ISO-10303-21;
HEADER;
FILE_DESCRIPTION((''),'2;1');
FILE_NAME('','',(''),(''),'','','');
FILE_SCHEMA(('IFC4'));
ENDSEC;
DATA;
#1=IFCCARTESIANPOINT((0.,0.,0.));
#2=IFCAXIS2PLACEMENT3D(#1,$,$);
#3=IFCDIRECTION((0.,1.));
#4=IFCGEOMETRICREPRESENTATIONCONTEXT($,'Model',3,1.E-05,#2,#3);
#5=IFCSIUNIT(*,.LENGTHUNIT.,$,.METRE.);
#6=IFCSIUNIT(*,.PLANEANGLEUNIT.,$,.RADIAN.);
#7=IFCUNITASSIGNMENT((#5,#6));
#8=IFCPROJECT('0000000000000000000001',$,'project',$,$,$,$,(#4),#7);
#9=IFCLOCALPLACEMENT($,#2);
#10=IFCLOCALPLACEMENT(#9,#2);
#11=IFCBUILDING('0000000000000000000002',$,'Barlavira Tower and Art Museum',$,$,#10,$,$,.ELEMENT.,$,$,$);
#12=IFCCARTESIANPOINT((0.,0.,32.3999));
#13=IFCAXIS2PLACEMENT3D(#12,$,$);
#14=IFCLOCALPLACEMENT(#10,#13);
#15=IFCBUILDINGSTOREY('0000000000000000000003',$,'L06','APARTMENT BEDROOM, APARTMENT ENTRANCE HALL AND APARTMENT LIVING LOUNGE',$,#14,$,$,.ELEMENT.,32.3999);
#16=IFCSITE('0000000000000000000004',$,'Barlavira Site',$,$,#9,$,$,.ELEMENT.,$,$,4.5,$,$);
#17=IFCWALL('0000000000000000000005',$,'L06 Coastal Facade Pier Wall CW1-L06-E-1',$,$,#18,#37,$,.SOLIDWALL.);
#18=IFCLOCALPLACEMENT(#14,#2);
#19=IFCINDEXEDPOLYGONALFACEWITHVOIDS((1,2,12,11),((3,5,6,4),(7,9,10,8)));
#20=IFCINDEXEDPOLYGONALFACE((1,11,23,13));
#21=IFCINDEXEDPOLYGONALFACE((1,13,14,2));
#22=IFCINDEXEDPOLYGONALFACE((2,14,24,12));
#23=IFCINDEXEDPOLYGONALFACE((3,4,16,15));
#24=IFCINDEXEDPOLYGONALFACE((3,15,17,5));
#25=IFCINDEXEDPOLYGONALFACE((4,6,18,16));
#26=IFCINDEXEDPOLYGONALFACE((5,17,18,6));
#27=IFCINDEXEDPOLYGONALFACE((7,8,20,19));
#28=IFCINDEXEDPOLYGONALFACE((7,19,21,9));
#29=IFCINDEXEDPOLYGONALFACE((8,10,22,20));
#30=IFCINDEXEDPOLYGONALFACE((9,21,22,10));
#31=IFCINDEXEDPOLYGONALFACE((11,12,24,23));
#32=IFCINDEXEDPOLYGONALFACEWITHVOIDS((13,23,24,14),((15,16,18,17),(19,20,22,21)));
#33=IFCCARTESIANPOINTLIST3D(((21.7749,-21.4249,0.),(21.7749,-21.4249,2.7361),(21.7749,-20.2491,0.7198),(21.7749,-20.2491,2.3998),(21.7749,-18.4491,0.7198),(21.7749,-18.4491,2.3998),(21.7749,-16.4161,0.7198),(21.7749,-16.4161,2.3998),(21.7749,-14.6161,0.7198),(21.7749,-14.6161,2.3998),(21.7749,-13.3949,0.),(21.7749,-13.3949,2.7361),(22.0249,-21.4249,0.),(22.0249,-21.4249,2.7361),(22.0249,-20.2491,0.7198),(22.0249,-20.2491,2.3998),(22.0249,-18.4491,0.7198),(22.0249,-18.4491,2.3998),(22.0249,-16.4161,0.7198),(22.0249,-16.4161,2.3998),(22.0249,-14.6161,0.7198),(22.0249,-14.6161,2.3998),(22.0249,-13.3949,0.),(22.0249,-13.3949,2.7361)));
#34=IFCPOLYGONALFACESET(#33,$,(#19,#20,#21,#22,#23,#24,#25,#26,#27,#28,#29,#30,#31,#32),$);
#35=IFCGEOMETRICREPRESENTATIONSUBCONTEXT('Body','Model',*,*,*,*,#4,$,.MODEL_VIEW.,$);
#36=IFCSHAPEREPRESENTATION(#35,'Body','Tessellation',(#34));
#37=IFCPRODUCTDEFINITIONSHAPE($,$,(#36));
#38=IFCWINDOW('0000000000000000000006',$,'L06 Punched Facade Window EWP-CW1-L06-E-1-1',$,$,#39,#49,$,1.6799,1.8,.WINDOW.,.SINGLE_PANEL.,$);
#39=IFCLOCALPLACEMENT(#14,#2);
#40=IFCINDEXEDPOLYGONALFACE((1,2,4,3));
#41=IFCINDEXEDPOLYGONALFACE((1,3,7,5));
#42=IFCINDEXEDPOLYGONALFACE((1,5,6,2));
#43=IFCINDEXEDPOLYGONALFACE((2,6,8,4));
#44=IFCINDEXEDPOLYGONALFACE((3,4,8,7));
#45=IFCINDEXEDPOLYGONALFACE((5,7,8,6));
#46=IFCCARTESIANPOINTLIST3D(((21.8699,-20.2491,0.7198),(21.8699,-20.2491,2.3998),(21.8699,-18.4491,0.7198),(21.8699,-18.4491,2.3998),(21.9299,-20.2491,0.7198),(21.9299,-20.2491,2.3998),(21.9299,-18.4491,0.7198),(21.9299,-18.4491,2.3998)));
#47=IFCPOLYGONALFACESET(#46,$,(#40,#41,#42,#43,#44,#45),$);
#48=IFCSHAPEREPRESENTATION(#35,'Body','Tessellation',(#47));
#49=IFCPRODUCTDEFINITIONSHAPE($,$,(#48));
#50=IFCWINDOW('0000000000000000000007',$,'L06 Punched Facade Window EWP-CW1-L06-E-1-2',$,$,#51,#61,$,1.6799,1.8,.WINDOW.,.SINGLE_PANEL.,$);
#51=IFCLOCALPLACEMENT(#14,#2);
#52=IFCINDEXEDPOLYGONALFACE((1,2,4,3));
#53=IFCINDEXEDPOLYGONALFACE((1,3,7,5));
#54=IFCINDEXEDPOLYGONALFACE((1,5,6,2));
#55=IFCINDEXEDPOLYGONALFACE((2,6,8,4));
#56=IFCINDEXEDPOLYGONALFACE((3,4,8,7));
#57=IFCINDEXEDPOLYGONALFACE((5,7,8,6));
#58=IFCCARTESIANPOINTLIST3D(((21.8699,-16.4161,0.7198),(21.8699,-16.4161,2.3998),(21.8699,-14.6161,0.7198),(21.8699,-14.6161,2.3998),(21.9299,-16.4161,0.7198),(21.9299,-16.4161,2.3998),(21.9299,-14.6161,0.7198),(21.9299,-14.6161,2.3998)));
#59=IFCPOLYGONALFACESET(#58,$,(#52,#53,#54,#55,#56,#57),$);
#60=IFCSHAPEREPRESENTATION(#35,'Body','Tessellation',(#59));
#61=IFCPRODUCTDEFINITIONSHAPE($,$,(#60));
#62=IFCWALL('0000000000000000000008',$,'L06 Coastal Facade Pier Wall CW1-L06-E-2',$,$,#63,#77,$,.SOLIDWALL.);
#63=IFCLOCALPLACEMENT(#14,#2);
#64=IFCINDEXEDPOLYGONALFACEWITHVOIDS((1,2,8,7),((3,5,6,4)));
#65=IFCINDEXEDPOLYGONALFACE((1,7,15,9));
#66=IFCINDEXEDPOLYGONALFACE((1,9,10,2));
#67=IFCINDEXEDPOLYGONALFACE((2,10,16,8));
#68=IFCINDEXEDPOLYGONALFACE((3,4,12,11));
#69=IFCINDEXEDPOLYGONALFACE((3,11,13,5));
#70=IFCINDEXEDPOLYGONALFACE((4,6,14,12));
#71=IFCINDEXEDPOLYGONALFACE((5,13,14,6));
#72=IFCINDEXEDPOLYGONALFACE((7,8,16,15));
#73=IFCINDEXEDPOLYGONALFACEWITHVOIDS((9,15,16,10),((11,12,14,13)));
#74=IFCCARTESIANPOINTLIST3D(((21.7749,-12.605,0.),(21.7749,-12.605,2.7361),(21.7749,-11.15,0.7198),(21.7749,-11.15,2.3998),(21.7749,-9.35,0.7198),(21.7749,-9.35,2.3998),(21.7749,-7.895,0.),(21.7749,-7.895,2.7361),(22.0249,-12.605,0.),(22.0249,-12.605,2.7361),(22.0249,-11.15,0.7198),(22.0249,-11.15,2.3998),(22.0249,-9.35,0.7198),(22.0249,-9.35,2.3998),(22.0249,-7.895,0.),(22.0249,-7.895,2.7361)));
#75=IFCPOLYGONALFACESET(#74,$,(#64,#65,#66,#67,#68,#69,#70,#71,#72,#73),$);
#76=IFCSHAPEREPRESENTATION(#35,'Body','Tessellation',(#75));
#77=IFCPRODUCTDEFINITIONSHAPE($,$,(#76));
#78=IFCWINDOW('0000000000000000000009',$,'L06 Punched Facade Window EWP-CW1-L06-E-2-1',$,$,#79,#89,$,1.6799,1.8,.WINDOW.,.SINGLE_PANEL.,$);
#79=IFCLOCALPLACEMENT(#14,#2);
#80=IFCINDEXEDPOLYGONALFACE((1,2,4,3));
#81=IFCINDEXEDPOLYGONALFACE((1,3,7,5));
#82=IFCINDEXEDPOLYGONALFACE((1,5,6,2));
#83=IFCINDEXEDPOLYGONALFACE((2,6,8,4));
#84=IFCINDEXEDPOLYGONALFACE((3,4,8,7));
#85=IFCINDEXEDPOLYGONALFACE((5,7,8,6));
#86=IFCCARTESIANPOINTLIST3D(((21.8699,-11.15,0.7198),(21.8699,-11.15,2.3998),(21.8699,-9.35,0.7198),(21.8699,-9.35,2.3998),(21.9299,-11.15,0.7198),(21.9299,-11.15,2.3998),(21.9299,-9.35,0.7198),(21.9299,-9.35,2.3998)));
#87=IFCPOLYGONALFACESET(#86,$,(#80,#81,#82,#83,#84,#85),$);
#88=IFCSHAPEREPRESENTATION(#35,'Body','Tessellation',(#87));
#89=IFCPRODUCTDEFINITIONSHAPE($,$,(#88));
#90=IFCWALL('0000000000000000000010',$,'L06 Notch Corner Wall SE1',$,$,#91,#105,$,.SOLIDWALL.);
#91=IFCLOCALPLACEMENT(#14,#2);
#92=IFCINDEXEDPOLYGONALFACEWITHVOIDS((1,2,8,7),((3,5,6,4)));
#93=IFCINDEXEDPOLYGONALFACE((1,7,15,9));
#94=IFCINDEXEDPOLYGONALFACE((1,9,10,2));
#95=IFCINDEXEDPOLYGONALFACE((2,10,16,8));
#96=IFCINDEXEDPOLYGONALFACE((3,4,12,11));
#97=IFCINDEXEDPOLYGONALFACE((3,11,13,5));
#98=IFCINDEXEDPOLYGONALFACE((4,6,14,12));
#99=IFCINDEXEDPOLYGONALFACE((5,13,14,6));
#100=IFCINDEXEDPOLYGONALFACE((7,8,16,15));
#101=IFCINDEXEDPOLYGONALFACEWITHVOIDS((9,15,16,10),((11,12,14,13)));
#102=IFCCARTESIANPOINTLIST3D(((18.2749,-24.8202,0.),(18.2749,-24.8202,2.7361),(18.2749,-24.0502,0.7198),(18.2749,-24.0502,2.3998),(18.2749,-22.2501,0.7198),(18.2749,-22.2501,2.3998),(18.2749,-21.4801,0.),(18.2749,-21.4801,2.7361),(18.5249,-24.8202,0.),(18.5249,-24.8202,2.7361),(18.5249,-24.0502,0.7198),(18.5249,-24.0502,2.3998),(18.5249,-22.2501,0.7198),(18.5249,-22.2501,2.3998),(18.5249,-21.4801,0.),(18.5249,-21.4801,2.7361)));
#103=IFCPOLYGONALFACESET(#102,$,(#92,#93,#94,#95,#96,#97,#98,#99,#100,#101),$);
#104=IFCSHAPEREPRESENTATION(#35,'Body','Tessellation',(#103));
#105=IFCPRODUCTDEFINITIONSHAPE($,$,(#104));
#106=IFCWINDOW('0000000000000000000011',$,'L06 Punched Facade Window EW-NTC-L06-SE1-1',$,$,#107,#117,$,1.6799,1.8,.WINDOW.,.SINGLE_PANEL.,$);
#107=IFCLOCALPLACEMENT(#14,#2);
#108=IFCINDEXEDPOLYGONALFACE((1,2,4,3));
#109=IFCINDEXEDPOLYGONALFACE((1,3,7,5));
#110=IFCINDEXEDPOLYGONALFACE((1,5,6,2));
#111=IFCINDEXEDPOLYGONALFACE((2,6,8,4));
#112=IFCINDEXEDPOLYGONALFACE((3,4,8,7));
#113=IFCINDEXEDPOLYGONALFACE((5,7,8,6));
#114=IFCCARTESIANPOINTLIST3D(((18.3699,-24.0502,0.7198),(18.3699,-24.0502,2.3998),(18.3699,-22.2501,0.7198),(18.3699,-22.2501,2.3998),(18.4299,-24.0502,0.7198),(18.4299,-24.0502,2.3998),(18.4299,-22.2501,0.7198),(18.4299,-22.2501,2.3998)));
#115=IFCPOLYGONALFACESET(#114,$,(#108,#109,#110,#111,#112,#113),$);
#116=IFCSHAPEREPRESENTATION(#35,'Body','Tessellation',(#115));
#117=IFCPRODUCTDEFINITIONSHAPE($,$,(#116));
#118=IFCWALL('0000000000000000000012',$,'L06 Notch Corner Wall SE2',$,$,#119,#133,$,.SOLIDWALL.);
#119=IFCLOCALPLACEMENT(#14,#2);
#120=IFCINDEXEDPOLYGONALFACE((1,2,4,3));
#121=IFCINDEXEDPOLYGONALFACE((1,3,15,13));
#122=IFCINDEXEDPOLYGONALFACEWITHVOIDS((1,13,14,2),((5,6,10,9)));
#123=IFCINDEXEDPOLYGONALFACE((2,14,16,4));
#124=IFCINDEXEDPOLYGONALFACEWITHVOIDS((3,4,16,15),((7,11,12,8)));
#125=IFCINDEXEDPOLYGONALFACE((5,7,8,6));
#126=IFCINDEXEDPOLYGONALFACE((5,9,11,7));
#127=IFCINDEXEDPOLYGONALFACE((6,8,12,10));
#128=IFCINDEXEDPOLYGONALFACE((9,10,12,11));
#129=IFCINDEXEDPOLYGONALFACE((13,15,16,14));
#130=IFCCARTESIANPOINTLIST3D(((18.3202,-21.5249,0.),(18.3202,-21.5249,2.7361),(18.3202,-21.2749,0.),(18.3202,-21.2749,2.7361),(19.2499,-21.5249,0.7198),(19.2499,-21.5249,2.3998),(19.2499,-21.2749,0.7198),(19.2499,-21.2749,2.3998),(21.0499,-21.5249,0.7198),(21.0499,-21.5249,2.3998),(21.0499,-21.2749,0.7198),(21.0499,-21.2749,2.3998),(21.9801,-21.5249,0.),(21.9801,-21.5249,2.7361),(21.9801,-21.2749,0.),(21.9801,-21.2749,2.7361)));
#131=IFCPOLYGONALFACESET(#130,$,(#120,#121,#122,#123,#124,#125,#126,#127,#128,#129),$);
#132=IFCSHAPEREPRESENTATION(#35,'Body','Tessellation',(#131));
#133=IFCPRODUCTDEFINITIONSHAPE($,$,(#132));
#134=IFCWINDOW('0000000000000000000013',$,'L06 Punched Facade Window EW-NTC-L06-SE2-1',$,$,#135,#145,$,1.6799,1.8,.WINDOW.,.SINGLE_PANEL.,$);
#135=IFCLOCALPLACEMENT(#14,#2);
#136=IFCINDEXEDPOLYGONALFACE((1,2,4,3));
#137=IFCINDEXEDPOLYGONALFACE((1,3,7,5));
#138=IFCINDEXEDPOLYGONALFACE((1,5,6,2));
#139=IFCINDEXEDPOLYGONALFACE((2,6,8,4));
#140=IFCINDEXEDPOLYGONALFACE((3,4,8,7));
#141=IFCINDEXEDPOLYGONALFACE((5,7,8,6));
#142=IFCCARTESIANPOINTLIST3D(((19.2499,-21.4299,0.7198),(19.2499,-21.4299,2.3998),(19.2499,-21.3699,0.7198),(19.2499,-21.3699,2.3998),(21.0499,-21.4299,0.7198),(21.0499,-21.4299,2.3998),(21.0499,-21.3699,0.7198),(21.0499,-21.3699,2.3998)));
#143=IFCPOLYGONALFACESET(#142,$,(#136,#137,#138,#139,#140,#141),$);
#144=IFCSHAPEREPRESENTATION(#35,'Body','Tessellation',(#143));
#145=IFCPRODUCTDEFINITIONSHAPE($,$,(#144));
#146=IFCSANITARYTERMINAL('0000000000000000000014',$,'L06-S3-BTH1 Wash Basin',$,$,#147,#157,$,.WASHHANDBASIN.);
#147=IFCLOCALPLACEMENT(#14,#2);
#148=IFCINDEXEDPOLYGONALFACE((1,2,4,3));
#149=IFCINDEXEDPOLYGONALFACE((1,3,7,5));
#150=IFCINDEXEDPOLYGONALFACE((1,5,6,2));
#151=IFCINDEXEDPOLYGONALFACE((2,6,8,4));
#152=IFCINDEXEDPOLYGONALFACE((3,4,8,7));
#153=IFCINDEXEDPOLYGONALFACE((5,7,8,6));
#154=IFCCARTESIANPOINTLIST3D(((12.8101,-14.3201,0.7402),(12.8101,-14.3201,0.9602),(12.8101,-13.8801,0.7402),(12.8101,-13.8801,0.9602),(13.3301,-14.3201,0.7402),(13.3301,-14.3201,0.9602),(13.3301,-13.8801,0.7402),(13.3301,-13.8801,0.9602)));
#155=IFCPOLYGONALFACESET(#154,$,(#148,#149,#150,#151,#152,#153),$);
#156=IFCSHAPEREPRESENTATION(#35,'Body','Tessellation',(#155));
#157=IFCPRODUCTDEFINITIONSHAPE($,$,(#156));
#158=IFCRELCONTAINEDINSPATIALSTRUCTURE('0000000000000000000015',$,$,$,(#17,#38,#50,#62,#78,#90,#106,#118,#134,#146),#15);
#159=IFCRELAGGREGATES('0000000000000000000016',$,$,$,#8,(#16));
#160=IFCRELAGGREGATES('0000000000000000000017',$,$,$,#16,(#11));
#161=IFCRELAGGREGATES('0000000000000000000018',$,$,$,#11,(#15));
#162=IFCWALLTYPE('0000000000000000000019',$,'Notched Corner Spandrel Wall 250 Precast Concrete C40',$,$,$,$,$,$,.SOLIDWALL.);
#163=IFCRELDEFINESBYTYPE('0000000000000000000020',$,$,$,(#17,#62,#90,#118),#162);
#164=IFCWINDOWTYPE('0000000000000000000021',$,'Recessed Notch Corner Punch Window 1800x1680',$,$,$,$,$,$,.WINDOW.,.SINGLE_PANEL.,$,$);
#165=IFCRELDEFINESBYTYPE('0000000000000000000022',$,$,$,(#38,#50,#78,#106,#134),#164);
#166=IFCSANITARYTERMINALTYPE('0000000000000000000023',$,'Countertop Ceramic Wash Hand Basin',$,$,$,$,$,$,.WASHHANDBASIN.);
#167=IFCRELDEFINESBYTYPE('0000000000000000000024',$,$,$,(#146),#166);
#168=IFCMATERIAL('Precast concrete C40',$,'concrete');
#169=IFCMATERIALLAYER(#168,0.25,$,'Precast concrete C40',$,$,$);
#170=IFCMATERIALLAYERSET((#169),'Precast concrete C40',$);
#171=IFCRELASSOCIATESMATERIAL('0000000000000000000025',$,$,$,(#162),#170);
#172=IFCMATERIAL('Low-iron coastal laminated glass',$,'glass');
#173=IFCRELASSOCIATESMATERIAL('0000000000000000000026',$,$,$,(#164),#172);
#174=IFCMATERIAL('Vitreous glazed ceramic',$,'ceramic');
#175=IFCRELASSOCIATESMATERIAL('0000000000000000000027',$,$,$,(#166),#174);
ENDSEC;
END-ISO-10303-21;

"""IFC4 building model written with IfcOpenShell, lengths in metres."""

from ifc_helpers import new_model, si_unit, direction, frame, frame_2d, origin, origin_2d, place, context, subcontext, project, spatial, rectangle, extrude, material, layer, layer_set, type_object, element, fill, save


model = new_model("IFC4")

# Units and contexts
model_context = context("Model", 3, precision=1e-05, world=origin(), true_north=direction((0.0, 1.0)))
body_context = subcontext(model_context, "Body", "Model", "MODEL_VIEW")
ifc_project = project(units=[si_unit("LENGTHUNIT", "METRE"), si_unit("PLANEANGLEUNIT", "RADIAN")], contexts=[model_context])

# Site, building, storey
site_placement = place(None, origin())
site = spatial("IfcSite", under=ifc_project, at=site_placement, Name="Barlavira Site", CompositionType="ELEMENT", RefElevation=4.5)
building_placement = place(site_placement, origin())
building = spatial("IfcBuilding", under=site, at=building_placement, Name="Barlavira Tower and Art Museum", CompositionType="ELEMENT")
storey_placement = place(building_placement, frame((0.0, 0.0, 32.3999)))
storey = spatial("IfcBuildingStorey", under=building, at=storey_placement, Name="L06", Description="APARTMENT BEDROOM, APARTMENT ENTRANCE HALL AND APARTMENT LIVING LOUNGE", CompositionType="ELEMENT", Elevation=32.3999)

# Wall, openings, windows
ifc_material_1 = material(Name="Precast concrete C40", Category="concrete")
ifc_layer_1 = layer(ifc_material_1, 0.25, Name="Precast concrete C40")
ifc_layer_set_1 = layer_set([ifc_layer_1], Name="Precast concrete C40")
wall_type_1 = type_object("IfcWallType", Name="Notched Corner Spandrel Wall 250 Precast Concrete C40", PredefinedType="SOLIDWALL", material=ifc_layer_set_1)
wall_1_placement = place(storey_placement, frame((21.8999, -21.425, 0.0), z_axis=(0.0, 0.0, 1.0), x_axis=(0.0, 1.0, 0.0)))
wall_1 = element("IfcWall", 1, at=wall_1_placement, inside=storey, type_object=wall_type_1, Name="L06 Coastal Facade Pier Wall CW1-L06-E-1", PredefinedType="SOLIDWALL", context=body_context, shape_type="SweptSolid", body=[
    extrude(rectangle(XDim=8.03, YDim=0.25, at=frame_2d((4.0151, 0.0))), origin(), (0.0, 0.0, 1.0), 2.7361),
])
opening_1_placement = place(wall_1_placement, frame((1.176, 0.0, 0.72)))
opening_1 = element("IfcOpeningElement", 2, at=opening_1_placement, cuts=wall_1, PredefinedType="OPENING", context=body_context, shape_type="SweptSolid", body=[
    extrude(rectangle(XDim=1.8, YDim=1.6799, at=frame_2d((0.8999, 0.8398))), frame((0.0, 0.135, 0.0), z_axis=(0.0, -1.0, 0.0), x_axis=(1.0, 0.0, 0.0)), (0.0, 0.0, 1.0), 0.27),
])
opening_2_placement = place(wall_1_placement, frame((5.009, 0.0, 0.72)))
opening_2 = element("IfcOpeningElement", 3, at=opening_2_placement, cuts=wall_1, PredefinedType="OPENING", context=body_context, shape_type="SweptSolid", body=[
    extrude(rectangle(XDim=1.8, YDim=1.6799, at=frame_2d((0.8999, 0.8398))), frame((0.0, 0.135, 0.0), z_axis=(0.0, -1.0, 0.0), x_axis=(1.0, 0.0, 0.0)), (0.0, 0.0, 1.0), 0.27),
])
ifc_material_2 = material(Name="Low-iron coastal laminated glass", Category="glass")
window_type = type_object("IfcWindowType", Name="Recessed Notch Corner Punch Window 1800x1680", PartitioningType="SINGLE_PANEL", PredefinedType="WINDOW", material=ifc_material_2)
window_1_placement = place(opening_1_placement, origin())
window_1 = element("IfcWindow", 4, at=window_1_placement, inside=storey, type_object=window_type, Name="L06 Punched Facade Window EWP-CW1-L06-E-1-1", OverallHeight=1.6799, OverallWidth=1.8, PartitioningType="SINGLE_PANEL", PredefinedType="WINDOW", context=body_context, shape_type="SweptSolid", body=[
    extrude(rectangle(XDim=1.8, YDim=1.6799, at=frame_2d((0.8999, 0.8398))), frame((0.0, 0.03, 0.0), z_axis=(0.0, -1.0, 0.0), x_axis=(1.0, 0.0, 0.0)), (0.0, 0.0, 1.0), 0.0601),
])
fill(opening_1, window_1)
window_2_placement = place(opening_2_placement, origin())
window_2 = element("IfcWindow", 5, at=window_2_placement, inside=storey, type_object=window_type, Name="L06 Punched Facade Window EWP-CW1-L06-E-1-2", OverallHeight=1.6799, OverallWidth=1.8, PartitioningType="SINGLE_PANEL", PredefinedType="WINDOW", context=body_context, shape_type="SweptSolid", body=[
    extrude(rectangle(XDim=1.8, YDim=1.6799, at=frame_2d((0.8999, 0.8398))), frame((0.0, 0.03, 0.0), z_axis=(0.0, -1.0, 0.0), x_axis=(1.0, 0.0, 0.0)), (0.0, 0.0, 1.0), 0.0601),
])
fill(opening_2, window_2)

# Walls, openings, windows
wall_2_placement = place(storey_placement, frame((21.8999, -12.605, 0.0), z_axis=(0.0, 0.0, 1.0), x_axis=(0.0, 1.0, 0.0)))
wall_2 = element("IfcWall", 6, at=wall_2_placement, inside=storey, type_object=wall_type_1, Name="L06 Coastal Facade Pier Wall CW1-L06-E-2", PredefinedType="SOLIDWALL", context=body_context, shape_type="SweptSolid", body=[
    extrude(rectangle(XDim=4.71, YDim=0.25, at=frame_2d((2.355, 0.0))), origin(), (0.0, 0.0, 1.0), 2.7361),
])
opening_3_placement = place(wall_2_placement, frame((1.4551, 0.0, 0.72)))
opening_3 = element("IfcOpeningElement", 7, at=opening_3_placement, cuts=wall_2, PredefinedType="OPENING", context=body_context, shape_type="SweptSolid", body=[
    extrude(rectangle(XDim=1.8, YDim=1.6799, at=frame_2d((0.8999, 0.8398))), frame((0.0, 0.135, 0.0), z_axis=(0.0, -1.0, 0.0), x_axis=(1.0, 0.0, 0.0)), (0.0, 0.0, 1.0), 0.27),
])
window_3_placement = place(opening_3_placement, origin())
window_3 = element("IfcWindow", 8, at=window_3_placement, inside=storey, type_object=window_type, Name="L06 Punched Facade Window EWP-CW1-L06-E-2-1", OverallHeight=1.6799, OverallWidth=1.8, PartitioningType="SINGLE_PANEL", PredefinedType="WINDOW", context=body_context, shape_type="SweptSolid", body=[
    extrude(rectangle(XDim=1.8, YDim=1.6799, at=frame_2d((0.8999, 0.8398))), frame((0.0, 0.03, 0.0), z_axis=(0.0, -1.0, 0.0), x_axis=(1.0, 0.0, 0.0)), (0.0, 0.0, 1.0), 0.0601),
])
fill(opening_3, window_3)
wall_3_placement = place(storey_placement, frame((18.3999, -24.8201, 0.0), z_axis=(0.0, 0.0, 1.0), x_axis=(0.0, 1.0, 0.0)))
wall_3 = element("IfcWall", 9, at=wall_3_placement, inside=storey, type_object=wall_type_1, Name="L06 Notch Corner Wall SE1", PredefinedType="SOLIDWALL", context=body_context, shape_type="SweptSolid", body=[
    extrude(rectangle(XDim=3.3401, YDim=0.25, at=frame_2d((1.6699, 0.0))), origin(), (0.0, 0.0, 1.0), 2.7361),
])
opening_4_placement = place(wall_3_placement, frame((0.77, 0.0, 0.72)))
opening_4 = element("IfcOpeningElement", 10, at=opening_4_placement, cuts=wall_3, PredefinedType="OPENING", context=body_context, shape_type="SweptSolid", body=[
    extrude(rectangle(XDim=1.8, YDim=1.6799, at=frame_2d((0.8999, 0.8398))), frame((0.0, 0.135, 0.0), z_axis=(0.0, -1.0, 0.0), x_axis=(1.0, 0.0, 0.0)), (0.0, 0.0, 1.0), 0.27),
])
window_4_placement = place(opening_4_placement, origin())
window_4 = element("IfcWindow", 11, at=window_4_placement, inside=storey, type_object=window_type, Name="L06 Punched Facade Window EW-NTC-L06-SE1-1", OverallHeight=1.6799, OverallWidth=1.8, PartitioningType="SINGLE_PANEL", PredefinedType="WINDOW", context=body_context, shape_type="SweptSolid", body=[
    extrude(rectangle(XDim=1.8, YDim=1.6799, at=frame_2d((0.8999, 0.8398))), frame((0.0, 0.03, 0.0), z_axis=(0.0, -1.0, 0.0), x_axis=(1.0, 0.0, 0.0)), (0.0, 0.0, 1.0), 0.0601),
])
fill(opening_4, window_4)
wall_4_placement = place(storey_placement, frame((18.3201, -21.3999, 0.0), z_axis=(0.0, 0.0, 1.0), x_axis=(1.0, 0.0, 0.0)))
wall_4 = element("IfcWall", 12, at=wall_4_placement, inside=storey, type_object=wall_type_1, Name="L06 Notch Corner Wall SE2", PredefinedType="SOLIDWALL", context=body_context, shape_type="SweptSolid", body=[
    extrude(rectangle(XDim=3.6599, YDim=0.25, at=frame_2d((1.8301, 0.0))), origin(), (0.0, 0.0, 1.0), 2.7361),
])
opening_5_placement = place(wall_4_placement, frame((0.9299, 0.0, 0.72)))
opening_5 = element("IfcOpeningElement", 13, at=opening_5_placement, cuts=wall_4, PredefinedType="OPENING", context=body_context, shape_type="SweptSolid", body=[
    extrude(rectangle(XDim=1.8, YDim=1.6799, at=frame_2d((0.8999, 0.8398))), frame((0.0, 0.135, 0.0), z_axis=(0.0, -1.0, 0.0), x_axis=(1.0, 0.0, 0.0)), (0.0, 0.0, 1.0), 0.27),
])
window_5_placement = place(opening_5_placement, origin())
window_5 = element("IfcWindow", 14, at=window_5_placement, inside=storey, type_object=window_type, Name="L06 Punched Facade Window EW-NTC-L06-SE2-1", OverallHeight=1.6799, OverallWidth=1.8, PartitioningType="SINGLE_PANEL", PredefinedType="WINDOW", context=body_context, shape_type="SweptSolid", body=[
    extrude(rectangle(XDim=1.8, YDim=1.6799, at=frame_2d((0.8999, 0.8398))), frame((0.0, 0.03, 0.0), z_axis=(0.0, -1.0, 0.0), x_axis=(1.0, 0.0, 0.0)), (0.0, 0.0, 1.0), 0.0601),
])
fill(opening_5, window_5)

# Sanitary terminal
ifc_material_3 = material(Name="Vitreous glazed ceramic", Category="ceramic")
sanitary_terminal_type = type_object("IfcSanitaryTerminalType", Name="Countertop Ceramic Wash Hand Basin", PredefinedType="WASHHANDBASIN", material=ifc_material_3)
sanitary_terminal_placement = place(storey_placement, frame((13.0701, -14.1001, 0.7402), z_axis=(0.0, 0.0, 1.0), x_axis=(1.0, 0.0, 0.0)))
element("IfcSanitaryTerminal", 15, at=sanitary_terminal_placement, inside=storey, type_object=sanitary_terminal_type, Name="L06-S3-BTH1 Wash Basin", PredefinedType="WASHHANDBASIN", context=body_context, shape_type="SweptSolid", body=[
    extrude(rectangle(XDim=0.52, YDim=0.4399, at=origin_2d()), origin(), (0.0, 0.0, 1.0), 0.22),
])

save(model, "model.ifc")
